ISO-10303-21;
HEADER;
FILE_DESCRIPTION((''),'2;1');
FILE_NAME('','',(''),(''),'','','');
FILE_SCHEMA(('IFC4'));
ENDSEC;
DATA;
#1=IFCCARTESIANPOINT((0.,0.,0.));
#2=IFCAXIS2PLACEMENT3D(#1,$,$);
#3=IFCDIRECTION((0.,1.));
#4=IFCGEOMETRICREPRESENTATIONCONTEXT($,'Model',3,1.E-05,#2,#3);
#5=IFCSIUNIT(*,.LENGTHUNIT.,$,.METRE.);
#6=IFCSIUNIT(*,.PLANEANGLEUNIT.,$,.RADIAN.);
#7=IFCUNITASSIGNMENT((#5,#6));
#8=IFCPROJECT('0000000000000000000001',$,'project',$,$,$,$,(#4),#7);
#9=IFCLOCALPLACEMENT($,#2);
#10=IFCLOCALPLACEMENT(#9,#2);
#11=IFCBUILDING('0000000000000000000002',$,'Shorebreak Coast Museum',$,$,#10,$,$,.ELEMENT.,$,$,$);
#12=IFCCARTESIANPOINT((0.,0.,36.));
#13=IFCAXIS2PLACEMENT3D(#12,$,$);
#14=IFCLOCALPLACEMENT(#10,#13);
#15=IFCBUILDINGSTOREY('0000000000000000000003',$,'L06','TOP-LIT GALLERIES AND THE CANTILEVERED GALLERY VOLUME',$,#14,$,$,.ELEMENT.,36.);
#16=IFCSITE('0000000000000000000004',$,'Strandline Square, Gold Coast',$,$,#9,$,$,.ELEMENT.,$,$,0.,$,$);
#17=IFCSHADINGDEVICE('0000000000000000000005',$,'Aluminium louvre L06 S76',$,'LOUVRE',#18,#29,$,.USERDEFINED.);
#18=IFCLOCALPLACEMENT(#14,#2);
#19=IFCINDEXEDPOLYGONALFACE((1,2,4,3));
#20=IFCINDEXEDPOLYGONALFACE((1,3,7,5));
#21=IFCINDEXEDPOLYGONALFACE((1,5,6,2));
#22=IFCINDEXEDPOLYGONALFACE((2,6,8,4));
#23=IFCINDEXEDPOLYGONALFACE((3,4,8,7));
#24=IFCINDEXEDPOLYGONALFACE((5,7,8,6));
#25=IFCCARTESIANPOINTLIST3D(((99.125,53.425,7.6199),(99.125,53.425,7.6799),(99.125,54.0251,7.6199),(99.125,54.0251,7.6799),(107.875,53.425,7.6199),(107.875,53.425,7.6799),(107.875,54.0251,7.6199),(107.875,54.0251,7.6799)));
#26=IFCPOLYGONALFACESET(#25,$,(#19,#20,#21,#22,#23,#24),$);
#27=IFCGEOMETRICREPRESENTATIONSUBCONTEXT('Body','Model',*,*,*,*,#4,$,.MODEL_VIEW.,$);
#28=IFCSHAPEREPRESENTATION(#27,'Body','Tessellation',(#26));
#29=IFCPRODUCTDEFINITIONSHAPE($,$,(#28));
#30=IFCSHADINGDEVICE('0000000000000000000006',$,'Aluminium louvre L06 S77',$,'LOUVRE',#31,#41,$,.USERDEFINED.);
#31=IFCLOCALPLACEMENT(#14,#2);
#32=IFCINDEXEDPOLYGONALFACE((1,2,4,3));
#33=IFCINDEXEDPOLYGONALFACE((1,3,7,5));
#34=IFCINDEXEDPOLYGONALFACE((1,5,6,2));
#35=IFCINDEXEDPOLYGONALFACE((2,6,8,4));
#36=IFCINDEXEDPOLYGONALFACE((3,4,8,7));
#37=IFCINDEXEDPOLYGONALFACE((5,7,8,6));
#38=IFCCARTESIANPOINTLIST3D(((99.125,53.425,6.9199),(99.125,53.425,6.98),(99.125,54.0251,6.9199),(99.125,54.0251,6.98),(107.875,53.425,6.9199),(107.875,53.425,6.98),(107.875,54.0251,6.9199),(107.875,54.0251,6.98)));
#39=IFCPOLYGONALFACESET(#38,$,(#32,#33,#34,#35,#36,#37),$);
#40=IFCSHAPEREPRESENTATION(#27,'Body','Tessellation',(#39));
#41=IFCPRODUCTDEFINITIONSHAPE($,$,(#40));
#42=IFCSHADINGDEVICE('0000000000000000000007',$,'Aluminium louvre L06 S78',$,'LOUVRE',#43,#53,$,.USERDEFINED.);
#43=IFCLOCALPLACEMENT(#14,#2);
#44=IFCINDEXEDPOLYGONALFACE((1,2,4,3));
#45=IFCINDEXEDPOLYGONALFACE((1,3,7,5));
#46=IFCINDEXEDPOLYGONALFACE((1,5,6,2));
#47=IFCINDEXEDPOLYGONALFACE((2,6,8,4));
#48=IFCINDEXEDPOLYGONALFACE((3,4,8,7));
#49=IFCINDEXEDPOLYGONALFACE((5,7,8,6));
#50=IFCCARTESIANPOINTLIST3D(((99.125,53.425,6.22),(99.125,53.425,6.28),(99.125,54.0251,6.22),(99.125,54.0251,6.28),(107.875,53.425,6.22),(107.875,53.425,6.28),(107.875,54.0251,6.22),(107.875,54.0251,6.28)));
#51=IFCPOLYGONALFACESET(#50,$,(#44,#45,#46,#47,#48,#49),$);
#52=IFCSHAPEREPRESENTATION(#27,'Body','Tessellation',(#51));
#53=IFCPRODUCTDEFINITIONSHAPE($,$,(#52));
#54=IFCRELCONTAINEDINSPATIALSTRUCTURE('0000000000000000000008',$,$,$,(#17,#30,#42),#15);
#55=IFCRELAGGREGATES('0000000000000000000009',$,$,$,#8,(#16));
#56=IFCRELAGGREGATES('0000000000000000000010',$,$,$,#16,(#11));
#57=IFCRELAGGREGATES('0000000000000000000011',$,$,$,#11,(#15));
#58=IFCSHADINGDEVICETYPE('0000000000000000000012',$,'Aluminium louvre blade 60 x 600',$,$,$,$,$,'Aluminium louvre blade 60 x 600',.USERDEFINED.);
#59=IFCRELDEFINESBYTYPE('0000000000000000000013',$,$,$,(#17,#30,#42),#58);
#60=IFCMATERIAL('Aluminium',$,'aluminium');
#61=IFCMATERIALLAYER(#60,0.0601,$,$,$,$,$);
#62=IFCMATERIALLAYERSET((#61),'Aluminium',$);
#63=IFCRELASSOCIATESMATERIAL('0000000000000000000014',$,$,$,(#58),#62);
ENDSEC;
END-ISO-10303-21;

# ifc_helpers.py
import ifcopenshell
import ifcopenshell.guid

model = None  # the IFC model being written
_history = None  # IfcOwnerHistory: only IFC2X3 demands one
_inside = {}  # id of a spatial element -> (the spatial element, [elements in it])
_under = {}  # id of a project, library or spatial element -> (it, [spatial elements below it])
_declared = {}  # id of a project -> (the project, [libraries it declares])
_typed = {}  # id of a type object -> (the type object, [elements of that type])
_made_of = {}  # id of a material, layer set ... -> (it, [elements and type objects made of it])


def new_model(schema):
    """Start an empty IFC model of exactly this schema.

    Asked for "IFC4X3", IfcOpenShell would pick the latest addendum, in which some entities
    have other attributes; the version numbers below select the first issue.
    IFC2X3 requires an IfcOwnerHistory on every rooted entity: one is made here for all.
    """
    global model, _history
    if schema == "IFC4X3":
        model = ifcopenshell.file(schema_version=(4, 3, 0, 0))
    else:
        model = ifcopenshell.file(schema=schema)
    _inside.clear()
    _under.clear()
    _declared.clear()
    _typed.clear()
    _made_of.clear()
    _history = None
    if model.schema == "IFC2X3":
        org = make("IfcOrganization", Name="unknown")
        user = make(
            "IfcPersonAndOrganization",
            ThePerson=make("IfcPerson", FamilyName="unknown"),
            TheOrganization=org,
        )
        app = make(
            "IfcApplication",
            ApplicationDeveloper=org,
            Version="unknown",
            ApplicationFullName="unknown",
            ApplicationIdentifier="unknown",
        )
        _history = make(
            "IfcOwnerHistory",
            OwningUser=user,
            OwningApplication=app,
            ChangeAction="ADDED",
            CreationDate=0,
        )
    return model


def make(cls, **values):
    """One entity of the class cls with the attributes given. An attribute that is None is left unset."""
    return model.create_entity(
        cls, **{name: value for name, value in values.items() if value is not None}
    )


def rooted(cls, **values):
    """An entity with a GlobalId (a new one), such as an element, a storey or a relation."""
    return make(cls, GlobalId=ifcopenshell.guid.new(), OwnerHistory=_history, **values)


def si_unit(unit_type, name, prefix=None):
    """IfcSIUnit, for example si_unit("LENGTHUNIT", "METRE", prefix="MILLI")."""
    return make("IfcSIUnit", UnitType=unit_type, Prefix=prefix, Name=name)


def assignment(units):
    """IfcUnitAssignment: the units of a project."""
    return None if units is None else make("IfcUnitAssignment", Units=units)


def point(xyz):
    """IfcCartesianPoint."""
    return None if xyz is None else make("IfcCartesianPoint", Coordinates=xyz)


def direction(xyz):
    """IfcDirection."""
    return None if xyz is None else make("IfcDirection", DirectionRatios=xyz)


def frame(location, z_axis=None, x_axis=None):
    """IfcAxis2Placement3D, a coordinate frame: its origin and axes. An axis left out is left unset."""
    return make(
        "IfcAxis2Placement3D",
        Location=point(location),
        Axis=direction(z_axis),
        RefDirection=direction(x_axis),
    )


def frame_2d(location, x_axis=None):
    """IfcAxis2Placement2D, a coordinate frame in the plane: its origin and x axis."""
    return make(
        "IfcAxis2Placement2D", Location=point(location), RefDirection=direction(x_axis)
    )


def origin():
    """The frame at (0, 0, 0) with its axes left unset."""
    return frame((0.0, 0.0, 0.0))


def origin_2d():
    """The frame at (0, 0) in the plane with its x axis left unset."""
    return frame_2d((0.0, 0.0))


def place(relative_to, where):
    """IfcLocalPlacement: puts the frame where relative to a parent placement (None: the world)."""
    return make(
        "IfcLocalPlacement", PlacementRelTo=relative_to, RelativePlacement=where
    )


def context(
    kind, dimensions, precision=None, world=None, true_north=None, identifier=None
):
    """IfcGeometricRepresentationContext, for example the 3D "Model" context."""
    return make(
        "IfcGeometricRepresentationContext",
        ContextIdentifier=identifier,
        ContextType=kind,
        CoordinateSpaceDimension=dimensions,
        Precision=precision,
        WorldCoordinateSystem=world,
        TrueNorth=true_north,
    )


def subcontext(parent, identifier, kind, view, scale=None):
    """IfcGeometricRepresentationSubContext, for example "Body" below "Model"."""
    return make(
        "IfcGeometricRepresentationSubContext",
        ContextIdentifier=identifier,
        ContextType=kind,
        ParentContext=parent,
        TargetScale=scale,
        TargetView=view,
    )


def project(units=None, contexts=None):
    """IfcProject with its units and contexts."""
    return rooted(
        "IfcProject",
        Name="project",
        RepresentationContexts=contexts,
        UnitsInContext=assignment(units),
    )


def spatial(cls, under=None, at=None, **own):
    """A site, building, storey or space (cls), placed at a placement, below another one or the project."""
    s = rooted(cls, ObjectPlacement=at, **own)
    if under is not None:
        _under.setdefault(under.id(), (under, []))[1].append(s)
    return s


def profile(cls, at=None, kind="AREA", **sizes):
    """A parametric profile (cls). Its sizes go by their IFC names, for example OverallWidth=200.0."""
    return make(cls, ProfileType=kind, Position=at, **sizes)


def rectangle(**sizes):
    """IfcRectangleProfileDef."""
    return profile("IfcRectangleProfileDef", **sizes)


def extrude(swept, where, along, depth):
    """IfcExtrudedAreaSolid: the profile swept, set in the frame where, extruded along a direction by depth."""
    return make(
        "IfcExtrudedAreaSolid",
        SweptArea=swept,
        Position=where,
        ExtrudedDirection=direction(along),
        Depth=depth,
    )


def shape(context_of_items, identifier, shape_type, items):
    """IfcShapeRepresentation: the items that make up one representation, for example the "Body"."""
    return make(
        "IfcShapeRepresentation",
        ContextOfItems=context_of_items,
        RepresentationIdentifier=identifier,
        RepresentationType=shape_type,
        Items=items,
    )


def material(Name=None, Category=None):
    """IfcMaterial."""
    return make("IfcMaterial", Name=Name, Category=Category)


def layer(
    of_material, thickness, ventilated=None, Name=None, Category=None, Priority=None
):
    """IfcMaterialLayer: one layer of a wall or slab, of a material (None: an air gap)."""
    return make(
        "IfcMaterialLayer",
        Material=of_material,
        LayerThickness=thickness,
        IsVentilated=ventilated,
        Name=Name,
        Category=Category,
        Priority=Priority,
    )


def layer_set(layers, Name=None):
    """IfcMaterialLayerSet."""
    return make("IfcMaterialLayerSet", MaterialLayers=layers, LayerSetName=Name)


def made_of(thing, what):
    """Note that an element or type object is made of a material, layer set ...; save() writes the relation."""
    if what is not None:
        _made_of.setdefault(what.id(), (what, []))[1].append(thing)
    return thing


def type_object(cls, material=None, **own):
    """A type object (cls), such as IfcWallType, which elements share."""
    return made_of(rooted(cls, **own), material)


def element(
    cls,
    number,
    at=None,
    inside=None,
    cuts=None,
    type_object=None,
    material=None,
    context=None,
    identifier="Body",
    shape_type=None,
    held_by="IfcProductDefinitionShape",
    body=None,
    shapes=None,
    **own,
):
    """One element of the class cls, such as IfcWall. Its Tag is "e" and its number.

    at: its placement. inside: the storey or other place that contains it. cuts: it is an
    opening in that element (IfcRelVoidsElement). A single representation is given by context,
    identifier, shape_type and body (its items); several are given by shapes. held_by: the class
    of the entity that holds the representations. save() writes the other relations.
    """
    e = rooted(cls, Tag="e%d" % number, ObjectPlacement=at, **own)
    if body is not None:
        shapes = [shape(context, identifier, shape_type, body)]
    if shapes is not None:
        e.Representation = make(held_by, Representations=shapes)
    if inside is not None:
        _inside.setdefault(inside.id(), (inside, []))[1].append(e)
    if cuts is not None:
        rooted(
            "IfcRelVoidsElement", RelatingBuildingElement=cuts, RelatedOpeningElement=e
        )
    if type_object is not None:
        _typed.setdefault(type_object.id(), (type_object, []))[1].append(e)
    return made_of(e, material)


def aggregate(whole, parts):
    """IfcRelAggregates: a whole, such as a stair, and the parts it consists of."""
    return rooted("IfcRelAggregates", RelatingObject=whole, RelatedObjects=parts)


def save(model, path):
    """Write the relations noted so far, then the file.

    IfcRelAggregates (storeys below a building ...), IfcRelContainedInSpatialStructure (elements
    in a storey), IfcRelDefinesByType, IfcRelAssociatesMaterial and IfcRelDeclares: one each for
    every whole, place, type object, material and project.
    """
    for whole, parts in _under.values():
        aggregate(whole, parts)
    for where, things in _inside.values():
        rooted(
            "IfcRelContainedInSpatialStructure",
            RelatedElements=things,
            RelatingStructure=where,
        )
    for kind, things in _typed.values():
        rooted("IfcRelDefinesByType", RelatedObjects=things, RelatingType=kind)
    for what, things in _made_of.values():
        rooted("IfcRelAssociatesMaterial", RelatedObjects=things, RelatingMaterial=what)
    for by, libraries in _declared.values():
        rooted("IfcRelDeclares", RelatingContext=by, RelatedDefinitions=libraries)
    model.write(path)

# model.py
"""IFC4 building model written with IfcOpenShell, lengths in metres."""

from ifc_helpers import new_model, si_unit, direction, frame, origin, origin_2d, place, context, subcontext, project, spatial, rectangle, extrude, material, layer, layer_set, type_object, element, save


model = new_model("IFC4")

# Units and contexts
model_context = context("Model", 3, precision=1e-05, world=origin(), true_north=direction((0.0, 1.0)))
body_context = subcontext(model_context, "Body", "Model", "MODEL_VIEW")
ifc_project = project(units=[si_unit("LENGTHUNIT", "METRE"), si_unit("PLANEANGLEUNIT", "RADIAN")], contexts=[model_context])

# Site, building, storey
site_placement = place(None, origin())
site = spatial("IfcSite", under=ifc_project, at=site_placement, Name="Strandline Square, Gold Coast", CompositionType="ELEMENT", RefElevation=0.0)
building_placement = place(site_placement, origin())
building = spatial("IfcBuilding", under=site, at=building_placement, Name="Shorebreak Coast Museum", CompositionType="ELEMENT")
storey_placement = place(building_placement, frame((0.0, 0.0, 36.0)))
storey = spatial("IfcBuildingStorey", under=building, at=storey_placement, Name="L06", Description="TOP-LIT GALLERIES AND THE CANTILEVERED GALLERY VOLUME", CompositionType="ELEMENT", Elevation=36.0)

# Shading devices
ifc_material_1 = material(Name="Aluminium", Category="aluminium")
ifc_layer_1 = layer(ifc_material_1, 0.0601)
ifc_layer_set_1 = layer_set([ifc_layer_1], Name="Aluminium")
shading_device_type = type_object("IfcShadingDeviceType", Name="Aluminium louvre blade 60 x 600", ElementType="Aluminium louvre blade 60 x 600", PredefinedType="USERDEFINED", material=ifc_layer_set_1)
for number, where, z_axis, x_axis, name in (
    (1, (103.5, 53.7251, 7.6199), (0.0, 0.0, 1.0), (1.0, 0.0, 0.0), "Aluminium louvre L06 S76"),
    (2, (103.5, 53.7251, 6.9199), (0.0, 0.0, 1.0), (1.0, 0.0, 0.0), "Aluminium louvre L06 S77"),
    (3, (103.5, 53.7251, 6.22), (0.0, 0.0, 1.0), (1.0, 0.0, 0.0), "Aluminium louvre L06 S78"),
):
    element("IfcShadingDevice", number, at=place(storey_placement, frame(where, z_axis=z_axis, x_axis=x_axis)), inside=storey, type_object=shading_device_type, Name=name, ObjectType="LOUVRE", PredefinedType="USERDEFINED", context=body_context, shape_type="SweptSolid", body=[
        extrude(rectangle(XDim=8.75, YDim=0.6001, at=origin_2d()), origin(), (0.0, 0.0, 1.0), 0.0601),
    ])

save(model, "model.ifc")
